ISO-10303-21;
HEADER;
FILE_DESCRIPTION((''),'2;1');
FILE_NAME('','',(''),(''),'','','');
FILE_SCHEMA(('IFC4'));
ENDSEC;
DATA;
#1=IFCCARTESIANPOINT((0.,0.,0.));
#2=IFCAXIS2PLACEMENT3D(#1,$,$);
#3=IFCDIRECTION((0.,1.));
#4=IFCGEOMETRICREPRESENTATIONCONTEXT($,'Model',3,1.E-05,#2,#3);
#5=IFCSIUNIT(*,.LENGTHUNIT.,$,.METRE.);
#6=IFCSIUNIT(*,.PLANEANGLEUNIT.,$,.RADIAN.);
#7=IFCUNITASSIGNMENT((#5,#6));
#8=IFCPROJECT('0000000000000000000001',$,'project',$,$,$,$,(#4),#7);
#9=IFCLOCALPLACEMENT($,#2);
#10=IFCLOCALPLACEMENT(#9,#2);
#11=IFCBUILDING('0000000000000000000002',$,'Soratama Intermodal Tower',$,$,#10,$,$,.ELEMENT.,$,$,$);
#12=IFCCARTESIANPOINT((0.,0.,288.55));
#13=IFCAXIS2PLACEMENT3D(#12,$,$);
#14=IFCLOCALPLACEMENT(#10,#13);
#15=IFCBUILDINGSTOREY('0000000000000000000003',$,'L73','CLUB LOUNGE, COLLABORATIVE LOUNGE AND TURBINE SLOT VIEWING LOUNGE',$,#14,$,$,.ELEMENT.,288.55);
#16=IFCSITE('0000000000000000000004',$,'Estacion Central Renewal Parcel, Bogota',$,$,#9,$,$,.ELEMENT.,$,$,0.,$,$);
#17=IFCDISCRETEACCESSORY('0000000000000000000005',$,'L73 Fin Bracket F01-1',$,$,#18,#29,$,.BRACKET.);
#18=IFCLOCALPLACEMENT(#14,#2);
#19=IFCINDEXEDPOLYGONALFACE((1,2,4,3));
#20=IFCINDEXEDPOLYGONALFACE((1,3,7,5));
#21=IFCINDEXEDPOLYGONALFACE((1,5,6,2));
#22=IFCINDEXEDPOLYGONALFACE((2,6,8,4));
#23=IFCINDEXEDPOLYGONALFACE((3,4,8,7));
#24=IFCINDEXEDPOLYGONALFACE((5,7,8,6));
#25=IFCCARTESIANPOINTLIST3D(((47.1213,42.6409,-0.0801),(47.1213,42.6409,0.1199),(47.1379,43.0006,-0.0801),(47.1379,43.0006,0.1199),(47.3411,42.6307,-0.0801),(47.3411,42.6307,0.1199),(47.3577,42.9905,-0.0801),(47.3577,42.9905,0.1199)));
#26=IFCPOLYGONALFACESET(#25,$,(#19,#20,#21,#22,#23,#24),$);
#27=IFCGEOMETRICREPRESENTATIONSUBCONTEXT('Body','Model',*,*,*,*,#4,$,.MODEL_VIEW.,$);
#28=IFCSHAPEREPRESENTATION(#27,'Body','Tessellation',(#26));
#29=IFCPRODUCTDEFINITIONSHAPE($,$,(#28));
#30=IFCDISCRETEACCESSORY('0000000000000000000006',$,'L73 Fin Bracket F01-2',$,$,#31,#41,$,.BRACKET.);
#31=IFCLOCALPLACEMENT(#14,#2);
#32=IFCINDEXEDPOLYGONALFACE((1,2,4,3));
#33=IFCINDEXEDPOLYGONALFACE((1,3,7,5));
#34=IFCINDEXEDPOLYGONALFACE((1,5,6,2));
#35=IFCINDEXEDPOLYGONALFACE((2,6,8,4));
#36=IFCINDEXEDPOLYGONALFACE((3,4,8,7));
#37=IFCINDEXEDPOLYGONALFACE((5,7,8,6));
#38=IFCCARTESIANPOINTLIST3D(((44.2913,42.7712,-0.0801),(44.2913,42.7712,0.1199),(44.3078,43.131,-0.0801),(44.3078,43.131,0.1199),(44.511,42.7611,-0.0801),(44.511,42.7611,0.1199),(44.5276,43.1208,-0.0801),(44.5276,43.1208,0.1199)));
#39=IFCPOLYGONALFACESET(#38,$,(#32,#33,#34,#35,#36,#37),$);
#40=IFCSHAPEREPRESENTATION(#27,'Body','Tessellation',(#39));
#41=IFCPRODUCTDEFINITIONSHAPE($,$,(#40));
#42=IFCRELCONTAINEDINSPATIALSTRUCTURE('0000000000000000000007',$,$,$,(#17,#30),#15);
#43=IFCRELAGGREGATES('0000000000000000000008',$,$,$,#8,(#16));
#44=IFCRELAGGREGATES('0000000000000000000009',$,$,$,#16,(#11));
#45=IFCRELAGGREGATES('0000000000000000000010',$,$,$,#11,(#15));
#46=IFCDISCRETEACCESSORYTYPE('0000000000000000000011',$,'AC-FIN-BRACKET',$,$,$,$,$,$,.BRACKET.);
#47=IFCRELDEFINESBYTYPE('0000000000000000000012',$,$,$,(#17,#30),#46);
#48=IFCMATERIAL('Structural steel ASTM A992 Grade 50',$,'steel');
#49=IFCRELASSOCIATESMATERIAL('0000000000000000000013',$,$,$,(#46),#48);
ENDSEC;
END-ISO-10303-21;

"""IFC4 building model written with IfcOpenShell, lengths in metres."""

from ifc_helpers import new_model, si_unit, direction, frame, origin, origin_2d, place, context, subcontext, project, spatial, rectangle, extrude, material, type_object, element, save


model = new_model("IFC4")

# Units and contexts
model_context = context("Model", 3, precision=1e-05, world=origin(), true_north=direction((0.0, 1.0)))
body_context = subcontext(model_context, "Body", "Model", "MODEL_VIEW")
ifc_project = project(units=[si_unit("LENGTHUNIT", "METRE"), si_unit("PLANEANGLEUNIT", "RADIAN")], contexts=[model_context])

# Site, building, storey
site_placement = place(None, origin())
site = spatial("IfcSite", under=ifc_project, at=site_placement, Name="Estacion Central Renewal Parcel, Bogota", CompositionType="ELEMENT", RefElevation=0.0)
building_placement = place(site_placement, origin())
building = spatial("IfcBuilding", under=site, at=building_placement, Name="Soratama Intermodal Tower", CompositionType="ELEMENT")
storey_placement = place(building_placement, frame((0.0, 0.0, 288.55)))
storey = spatial("IfcBuildingStorey", under=building, at=storey_placement, Name="L73", Description="CLUB LOUNGE, COLLABORATIVE LOUNGE AND TURBINE SLOT VIEWING LOUNGE", CompositionType="ELEMENT", Elevation=288.55)

# Discrete accessories
ifc_material_1 = material(Name="Structural steel ASTM A992 Grade 50", Category="steel")
discrete_accessory_type = type_object("IfcDiscreteAccessoryType", Name="AC-FIN-BRACKET", PredefinedType="BRACKET", material=ifc_material_1)
for number, where, z_axis, x_axis, name in (
    (1, (47.2395, 42.8157, -0.0801), (0.0, 0.0, 1.0), (0.04606, 0.998939, 0.0), "L73 Fin Bracket F01-1"),
    (2, (44.4094, 42.946, -0.0801), (0.0, 0.0, 1.0), (0.04606, 0.998939, 0.0), "L73 Fin Bracket F01-2"),
):
    element("IfcDiscreteAccessory", number, at=place(storey_placement, frame(where, z_axis=z_axis, x_axis=x_axis)), inside=storey, type_object=discrete_accessory_type, Name=name, PredefinedType="BRACKET", context=body_context, shape_type="SweptSolid", body=[
        extrude(rectangle(XDim=0.3601, YDim=0.22, at=origin_2d()), origin(), (0.0, 0.0, 1.0), 0.2),
    ])

save(model, "model.ifc")
